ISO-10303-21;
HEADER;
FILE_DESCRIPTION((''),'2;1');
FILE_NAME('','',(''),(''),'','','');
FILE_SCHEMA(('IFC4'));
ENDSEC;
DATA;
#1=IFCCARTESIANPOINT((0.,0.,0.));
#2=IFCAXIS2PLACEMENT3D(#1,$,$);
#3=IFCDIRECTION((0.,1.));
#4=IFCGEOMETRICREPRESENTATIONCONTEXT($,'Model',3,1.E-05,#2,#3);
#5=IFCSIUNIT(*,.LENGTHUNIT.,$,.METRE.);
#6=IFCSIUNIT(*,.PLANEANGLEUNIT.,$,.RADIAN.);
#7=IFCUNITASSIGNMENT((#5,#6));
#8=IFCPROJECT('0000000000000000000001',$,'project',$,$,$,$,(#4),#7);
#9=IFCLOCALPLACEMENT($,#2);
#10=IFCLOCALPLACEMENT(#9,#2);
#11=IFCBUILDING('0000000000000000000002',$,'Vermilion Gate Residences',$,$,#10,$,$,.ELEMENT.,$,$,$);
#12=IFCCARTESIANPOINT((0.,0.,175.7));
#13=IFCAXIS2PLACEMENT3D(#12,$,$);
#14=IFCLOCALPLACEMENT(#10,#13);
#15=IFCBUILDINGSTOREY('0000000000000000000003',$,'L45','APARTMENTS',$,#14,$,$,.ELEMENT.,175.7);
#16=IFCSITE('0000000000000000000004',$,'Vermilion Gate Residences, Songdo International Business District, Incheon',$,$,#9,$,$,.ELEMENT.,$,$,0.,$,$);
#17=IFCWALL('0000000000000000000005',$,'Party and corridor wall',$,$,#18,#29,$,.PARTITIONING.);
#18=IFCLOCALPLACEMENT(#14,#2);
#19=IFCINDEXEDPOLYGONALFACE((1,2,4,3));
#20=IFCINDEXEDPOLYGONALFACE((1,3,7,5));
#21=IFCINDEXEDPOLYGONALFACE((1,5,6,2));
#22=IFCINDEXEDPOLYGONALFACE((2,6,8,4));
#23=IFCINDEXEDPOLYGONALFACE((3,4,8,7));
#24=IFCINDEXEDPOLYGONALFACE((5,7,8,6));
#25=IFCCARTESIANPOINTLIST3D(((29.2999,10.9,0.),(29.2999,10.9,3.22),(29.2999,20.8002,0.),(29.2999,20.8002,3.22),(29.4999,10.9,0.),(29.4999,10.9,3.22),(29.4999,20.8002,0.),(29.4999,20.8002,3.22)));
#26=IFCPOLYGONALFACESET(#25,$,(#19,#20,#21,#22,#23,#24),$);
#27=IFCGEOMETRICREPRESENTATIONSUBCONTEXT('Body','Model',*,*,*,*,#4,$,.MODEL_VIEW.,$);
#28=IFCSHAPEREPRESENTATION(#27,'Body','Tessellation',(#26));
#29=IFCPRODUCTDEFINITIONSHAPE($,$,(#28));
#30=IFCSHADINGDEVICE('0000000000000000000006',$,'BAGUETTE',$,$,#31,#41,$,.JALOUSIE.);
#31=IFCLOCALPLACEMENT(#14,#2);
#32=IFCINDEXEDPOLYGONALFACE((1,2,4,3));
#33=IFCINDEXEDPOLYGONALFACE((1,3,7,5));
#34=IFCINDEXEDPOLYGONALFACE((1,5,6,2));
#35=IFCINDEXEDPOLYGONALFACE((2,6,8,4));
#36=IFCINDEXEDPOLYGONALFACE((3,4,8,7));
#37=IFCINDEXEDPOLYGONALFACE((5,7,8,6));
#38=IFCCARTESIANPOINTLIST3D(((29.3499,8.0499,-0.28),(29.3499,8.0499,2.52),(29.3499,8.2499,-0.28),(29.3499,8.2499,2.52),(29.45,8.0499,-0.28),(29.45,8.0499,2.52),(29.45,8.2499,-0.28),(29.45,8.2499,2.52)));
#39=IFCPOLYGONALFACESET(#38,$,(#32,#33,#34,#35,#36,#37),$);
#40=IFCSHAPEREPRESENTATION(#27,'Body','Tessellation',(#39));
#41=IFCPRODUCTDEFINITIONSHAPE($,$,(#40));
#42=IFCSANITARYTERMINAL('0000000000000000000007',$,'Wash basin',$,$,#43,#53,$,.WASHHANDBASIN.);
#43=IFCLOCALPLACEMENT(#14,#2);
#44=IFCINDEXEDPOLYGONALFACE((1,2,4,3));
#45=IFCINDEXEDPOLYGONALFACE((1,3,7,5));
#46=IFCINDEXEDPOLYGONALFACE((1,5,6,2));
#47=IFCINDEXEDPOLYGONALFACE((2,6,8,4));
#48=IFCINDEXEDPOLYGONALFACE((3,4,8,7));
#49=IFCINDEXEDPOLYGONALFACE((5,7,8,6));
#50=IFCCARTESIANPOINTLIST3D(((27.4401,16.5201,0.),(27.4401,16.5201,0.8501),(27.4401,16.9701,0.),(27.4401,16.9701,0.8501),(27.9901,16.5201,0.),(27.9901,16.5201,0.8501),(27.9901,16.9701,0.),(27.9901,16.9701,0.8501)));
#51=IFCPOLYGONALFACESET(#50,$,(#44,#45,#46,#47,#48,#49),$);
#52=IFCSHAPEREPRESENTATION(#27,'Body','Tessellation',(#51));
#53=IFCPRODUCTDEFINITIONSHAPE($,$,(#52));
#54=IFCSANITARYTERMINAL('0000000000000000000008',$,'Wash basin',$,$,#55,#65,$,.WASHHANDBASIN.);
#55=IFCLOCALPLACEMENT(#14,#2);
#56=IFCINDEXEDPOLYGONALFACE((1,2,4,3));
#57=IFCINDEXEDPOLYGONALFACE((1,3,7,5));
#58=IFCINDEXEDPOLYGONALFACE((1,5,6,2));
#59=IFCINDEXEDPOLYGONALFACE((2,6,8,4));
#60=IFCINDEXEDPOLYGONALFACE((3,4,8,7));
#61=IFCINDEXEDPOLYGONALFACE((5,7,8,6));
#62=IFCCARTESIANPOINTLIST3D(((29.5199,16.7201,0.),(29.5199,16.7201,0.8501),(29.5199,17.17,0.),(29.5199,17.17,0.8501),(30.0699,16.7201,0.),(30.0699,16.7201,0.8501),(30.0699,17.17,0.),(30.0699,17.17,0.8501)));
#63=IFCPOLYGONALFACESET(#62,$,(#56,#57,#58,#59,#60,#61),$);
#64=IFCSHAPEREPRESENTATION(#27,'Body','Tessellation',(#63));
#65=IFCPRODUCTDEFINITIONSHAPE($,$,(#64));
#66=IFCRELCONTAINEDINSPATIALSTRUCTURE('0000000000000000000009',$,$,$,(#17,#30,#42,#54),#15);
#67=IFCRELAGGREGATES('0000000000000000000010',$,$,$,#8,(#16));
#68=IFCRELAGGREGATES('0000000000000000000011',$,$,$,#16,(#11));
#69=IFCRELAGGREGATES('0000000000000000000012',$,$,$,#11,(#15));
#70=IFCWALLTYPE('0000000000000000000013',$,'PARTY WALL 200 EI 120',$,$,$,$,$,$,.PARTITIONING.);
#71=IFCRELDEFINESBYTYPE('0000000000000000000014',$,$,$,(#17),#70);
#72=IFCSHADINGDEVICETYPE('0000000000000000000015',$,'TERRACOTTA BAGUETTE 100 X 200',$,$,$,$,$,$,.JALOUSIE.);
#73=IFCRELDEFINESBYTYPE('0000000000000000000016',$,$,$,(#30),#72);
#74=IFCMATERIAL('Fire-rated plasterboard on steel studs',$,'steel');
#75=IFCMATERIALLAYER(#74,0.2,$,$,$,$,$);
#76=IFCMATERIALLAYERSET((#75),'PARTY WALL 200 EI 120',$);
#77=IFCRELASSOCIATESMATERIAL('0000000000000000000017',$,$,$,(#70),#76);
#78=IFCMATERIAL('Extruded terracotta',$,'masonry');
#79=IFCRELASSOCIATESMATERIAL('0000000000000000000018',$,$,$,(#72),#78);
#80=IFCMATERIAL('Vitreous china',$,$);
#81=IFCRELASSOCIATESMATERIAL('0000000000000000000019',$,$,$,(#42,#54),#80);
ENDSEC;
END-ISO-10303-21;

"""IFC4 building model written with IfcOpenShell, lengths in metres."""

from ifc_helpers import new_model, si_unit, direction, frame, frame_2d, origin, origin_2d, place, context, subcontext, project, spatial, rectangle, extrude, material, layer, layer_set, material_profile, profile_set, type_object, element, save


model = new_model("IFC4")

# Units and contexts
model_context = context("Model", 3, precision=1e-05, world=origin(), true_north=direction((0.0, 1.0)))
body_context = subcontext(model_context, "Body", "Model", "MODEL_VIEW")
ifc_project = project(units=[si_unit("LENGTHUNIT", "METRE"), si_unit("PLANEANGLEUNIT", "RADIAN")], contexts=[model_context])

# Site, building, storey
site_placement = place(None, origin())
site = spatial("IfcSite", under=ifc_project, at=site_placement, Name="Vermilion Gate Residences, Songdo International Business District, Incheon", CompositionType="ELEMENT", RefElevation=0.0)
building_placement = place(site_placement, origin())
building = spatial("IfcBuilding", under=site, at=building_placement, Name="Vermilion Gate Residences", CompositionType="ELEMENT")
storey_placement = place(building_placement, frame((0.0, 0.0, 175.7)))
storey = spatial("IfcBuildingStorey", under=building, at=storey_placement, Name="L45", Description="APARTMENTS", CompositionType="ELEMENT", Elevation=175.7)

# Wall
ifc_material_1 = material(Name="Fire-rated plasterboard on steel studs", Category="steel")
ifc_layer_1 = layer(ifc_material_1, 0.2)
ifc_layer_set_1 = layer_set([ifc_layer_1], Name="PARTY WALL 200 EI 120")
wall_type_1 = type_object("IfcWallType", Name="PARTY WALL 200 EI 120", PredefinedType="PARTITIONING", material=ifc_layer_set_1)
wall_1_placement = place(storey_placement, frame((29.3999, 10.8999, 0.0), z_axis=(0.0, 0.0, 1.0), x_axis=(0.0, 1.0, 0.0)))
element("IfcWall", 1, at=wall_1_placement, inside=storey, type_object=wall_type_1, Name="Party and corridor wall", PredefinedType="PARTITIONING", context=body_context, shape_type="SweptSolid", body=[
    extrude(rectangle(XDim=9.9001, YDim=0.2, at=frame_2d((4.9502, 0.0))), origin(), (0.0, 0.0, 1.0), 3.22),
])

# Shading device
ifc_material_2 = material(Name="Extruded terracotta", Category="masonry")
ifc_material_profile_1 = material_profile(ifc_material_2, rectangle(XDim=0.2, YDim=0.1001, at=origin_2d()), Name="BAGUETTE 100 X 200")
ifc_profile_set_1 = profile_set([ifc_material_profile_1], Name="Extruded terracotta")
shading_device_type = type_object("IfcShadingDeviceType", Name="TERRACOTTA BAGUETTE 100 X 200", PredefinedType="JALOUSIE", material=ifc_profile_set_1)
shading_device_placement = place(storey_placement, frame((29.3999, 8.1499, -0.28), z_axis=(0.0, 0.0, 1.0), x_axis=(0.0, 1.0, 0.0)))
element("IfcShadingDevice", 2, at=shading_device_placement, inside=storey, type_object=shading_device_type, Name="BAGUETTE", PredefinedType="JALOUSIE", context=body_context, shape_type="SweptSolid", body=[
    extrude(rectangle(XDim=0.2, YDim=0.1001, at=origin_2d()), origin(), (0.0, 0.0, 1.0), 2.8),
])

# Sanitary terminals
ifc_material_3 = material(Name="Vitreous china")
for number, where, z_axis, x_axis, name in (
    (3, (27.7151, 16.7451, 0.0), (0.0, 0.0, 1.0), (1.0, 0.0, 0.0), "Wash basin"),
    (4, (29.7949, 16.9451, 0.0), (0.0, 0.0, 1.0), (1.0, 0.0, 0.0), "Wash basin"),
):
    element("IfcSanitaryTerminal", number, at=place(storey_placement, frame(where, z_axis=z_axis, x_axis=x_axis)), inside=storey, material=ifc_material_3, Name=name, PredefinedType="WASHHANDBASIN", context=body_context, shape_type="SweptSolid", body=[
        extrude(rectangle(XDim=0.55, YDim=0.45, at=origin_2d()), origin(), (0.0, 0.0, 1.0), 0.8501),
    ])

save(model, "model.ifc")
